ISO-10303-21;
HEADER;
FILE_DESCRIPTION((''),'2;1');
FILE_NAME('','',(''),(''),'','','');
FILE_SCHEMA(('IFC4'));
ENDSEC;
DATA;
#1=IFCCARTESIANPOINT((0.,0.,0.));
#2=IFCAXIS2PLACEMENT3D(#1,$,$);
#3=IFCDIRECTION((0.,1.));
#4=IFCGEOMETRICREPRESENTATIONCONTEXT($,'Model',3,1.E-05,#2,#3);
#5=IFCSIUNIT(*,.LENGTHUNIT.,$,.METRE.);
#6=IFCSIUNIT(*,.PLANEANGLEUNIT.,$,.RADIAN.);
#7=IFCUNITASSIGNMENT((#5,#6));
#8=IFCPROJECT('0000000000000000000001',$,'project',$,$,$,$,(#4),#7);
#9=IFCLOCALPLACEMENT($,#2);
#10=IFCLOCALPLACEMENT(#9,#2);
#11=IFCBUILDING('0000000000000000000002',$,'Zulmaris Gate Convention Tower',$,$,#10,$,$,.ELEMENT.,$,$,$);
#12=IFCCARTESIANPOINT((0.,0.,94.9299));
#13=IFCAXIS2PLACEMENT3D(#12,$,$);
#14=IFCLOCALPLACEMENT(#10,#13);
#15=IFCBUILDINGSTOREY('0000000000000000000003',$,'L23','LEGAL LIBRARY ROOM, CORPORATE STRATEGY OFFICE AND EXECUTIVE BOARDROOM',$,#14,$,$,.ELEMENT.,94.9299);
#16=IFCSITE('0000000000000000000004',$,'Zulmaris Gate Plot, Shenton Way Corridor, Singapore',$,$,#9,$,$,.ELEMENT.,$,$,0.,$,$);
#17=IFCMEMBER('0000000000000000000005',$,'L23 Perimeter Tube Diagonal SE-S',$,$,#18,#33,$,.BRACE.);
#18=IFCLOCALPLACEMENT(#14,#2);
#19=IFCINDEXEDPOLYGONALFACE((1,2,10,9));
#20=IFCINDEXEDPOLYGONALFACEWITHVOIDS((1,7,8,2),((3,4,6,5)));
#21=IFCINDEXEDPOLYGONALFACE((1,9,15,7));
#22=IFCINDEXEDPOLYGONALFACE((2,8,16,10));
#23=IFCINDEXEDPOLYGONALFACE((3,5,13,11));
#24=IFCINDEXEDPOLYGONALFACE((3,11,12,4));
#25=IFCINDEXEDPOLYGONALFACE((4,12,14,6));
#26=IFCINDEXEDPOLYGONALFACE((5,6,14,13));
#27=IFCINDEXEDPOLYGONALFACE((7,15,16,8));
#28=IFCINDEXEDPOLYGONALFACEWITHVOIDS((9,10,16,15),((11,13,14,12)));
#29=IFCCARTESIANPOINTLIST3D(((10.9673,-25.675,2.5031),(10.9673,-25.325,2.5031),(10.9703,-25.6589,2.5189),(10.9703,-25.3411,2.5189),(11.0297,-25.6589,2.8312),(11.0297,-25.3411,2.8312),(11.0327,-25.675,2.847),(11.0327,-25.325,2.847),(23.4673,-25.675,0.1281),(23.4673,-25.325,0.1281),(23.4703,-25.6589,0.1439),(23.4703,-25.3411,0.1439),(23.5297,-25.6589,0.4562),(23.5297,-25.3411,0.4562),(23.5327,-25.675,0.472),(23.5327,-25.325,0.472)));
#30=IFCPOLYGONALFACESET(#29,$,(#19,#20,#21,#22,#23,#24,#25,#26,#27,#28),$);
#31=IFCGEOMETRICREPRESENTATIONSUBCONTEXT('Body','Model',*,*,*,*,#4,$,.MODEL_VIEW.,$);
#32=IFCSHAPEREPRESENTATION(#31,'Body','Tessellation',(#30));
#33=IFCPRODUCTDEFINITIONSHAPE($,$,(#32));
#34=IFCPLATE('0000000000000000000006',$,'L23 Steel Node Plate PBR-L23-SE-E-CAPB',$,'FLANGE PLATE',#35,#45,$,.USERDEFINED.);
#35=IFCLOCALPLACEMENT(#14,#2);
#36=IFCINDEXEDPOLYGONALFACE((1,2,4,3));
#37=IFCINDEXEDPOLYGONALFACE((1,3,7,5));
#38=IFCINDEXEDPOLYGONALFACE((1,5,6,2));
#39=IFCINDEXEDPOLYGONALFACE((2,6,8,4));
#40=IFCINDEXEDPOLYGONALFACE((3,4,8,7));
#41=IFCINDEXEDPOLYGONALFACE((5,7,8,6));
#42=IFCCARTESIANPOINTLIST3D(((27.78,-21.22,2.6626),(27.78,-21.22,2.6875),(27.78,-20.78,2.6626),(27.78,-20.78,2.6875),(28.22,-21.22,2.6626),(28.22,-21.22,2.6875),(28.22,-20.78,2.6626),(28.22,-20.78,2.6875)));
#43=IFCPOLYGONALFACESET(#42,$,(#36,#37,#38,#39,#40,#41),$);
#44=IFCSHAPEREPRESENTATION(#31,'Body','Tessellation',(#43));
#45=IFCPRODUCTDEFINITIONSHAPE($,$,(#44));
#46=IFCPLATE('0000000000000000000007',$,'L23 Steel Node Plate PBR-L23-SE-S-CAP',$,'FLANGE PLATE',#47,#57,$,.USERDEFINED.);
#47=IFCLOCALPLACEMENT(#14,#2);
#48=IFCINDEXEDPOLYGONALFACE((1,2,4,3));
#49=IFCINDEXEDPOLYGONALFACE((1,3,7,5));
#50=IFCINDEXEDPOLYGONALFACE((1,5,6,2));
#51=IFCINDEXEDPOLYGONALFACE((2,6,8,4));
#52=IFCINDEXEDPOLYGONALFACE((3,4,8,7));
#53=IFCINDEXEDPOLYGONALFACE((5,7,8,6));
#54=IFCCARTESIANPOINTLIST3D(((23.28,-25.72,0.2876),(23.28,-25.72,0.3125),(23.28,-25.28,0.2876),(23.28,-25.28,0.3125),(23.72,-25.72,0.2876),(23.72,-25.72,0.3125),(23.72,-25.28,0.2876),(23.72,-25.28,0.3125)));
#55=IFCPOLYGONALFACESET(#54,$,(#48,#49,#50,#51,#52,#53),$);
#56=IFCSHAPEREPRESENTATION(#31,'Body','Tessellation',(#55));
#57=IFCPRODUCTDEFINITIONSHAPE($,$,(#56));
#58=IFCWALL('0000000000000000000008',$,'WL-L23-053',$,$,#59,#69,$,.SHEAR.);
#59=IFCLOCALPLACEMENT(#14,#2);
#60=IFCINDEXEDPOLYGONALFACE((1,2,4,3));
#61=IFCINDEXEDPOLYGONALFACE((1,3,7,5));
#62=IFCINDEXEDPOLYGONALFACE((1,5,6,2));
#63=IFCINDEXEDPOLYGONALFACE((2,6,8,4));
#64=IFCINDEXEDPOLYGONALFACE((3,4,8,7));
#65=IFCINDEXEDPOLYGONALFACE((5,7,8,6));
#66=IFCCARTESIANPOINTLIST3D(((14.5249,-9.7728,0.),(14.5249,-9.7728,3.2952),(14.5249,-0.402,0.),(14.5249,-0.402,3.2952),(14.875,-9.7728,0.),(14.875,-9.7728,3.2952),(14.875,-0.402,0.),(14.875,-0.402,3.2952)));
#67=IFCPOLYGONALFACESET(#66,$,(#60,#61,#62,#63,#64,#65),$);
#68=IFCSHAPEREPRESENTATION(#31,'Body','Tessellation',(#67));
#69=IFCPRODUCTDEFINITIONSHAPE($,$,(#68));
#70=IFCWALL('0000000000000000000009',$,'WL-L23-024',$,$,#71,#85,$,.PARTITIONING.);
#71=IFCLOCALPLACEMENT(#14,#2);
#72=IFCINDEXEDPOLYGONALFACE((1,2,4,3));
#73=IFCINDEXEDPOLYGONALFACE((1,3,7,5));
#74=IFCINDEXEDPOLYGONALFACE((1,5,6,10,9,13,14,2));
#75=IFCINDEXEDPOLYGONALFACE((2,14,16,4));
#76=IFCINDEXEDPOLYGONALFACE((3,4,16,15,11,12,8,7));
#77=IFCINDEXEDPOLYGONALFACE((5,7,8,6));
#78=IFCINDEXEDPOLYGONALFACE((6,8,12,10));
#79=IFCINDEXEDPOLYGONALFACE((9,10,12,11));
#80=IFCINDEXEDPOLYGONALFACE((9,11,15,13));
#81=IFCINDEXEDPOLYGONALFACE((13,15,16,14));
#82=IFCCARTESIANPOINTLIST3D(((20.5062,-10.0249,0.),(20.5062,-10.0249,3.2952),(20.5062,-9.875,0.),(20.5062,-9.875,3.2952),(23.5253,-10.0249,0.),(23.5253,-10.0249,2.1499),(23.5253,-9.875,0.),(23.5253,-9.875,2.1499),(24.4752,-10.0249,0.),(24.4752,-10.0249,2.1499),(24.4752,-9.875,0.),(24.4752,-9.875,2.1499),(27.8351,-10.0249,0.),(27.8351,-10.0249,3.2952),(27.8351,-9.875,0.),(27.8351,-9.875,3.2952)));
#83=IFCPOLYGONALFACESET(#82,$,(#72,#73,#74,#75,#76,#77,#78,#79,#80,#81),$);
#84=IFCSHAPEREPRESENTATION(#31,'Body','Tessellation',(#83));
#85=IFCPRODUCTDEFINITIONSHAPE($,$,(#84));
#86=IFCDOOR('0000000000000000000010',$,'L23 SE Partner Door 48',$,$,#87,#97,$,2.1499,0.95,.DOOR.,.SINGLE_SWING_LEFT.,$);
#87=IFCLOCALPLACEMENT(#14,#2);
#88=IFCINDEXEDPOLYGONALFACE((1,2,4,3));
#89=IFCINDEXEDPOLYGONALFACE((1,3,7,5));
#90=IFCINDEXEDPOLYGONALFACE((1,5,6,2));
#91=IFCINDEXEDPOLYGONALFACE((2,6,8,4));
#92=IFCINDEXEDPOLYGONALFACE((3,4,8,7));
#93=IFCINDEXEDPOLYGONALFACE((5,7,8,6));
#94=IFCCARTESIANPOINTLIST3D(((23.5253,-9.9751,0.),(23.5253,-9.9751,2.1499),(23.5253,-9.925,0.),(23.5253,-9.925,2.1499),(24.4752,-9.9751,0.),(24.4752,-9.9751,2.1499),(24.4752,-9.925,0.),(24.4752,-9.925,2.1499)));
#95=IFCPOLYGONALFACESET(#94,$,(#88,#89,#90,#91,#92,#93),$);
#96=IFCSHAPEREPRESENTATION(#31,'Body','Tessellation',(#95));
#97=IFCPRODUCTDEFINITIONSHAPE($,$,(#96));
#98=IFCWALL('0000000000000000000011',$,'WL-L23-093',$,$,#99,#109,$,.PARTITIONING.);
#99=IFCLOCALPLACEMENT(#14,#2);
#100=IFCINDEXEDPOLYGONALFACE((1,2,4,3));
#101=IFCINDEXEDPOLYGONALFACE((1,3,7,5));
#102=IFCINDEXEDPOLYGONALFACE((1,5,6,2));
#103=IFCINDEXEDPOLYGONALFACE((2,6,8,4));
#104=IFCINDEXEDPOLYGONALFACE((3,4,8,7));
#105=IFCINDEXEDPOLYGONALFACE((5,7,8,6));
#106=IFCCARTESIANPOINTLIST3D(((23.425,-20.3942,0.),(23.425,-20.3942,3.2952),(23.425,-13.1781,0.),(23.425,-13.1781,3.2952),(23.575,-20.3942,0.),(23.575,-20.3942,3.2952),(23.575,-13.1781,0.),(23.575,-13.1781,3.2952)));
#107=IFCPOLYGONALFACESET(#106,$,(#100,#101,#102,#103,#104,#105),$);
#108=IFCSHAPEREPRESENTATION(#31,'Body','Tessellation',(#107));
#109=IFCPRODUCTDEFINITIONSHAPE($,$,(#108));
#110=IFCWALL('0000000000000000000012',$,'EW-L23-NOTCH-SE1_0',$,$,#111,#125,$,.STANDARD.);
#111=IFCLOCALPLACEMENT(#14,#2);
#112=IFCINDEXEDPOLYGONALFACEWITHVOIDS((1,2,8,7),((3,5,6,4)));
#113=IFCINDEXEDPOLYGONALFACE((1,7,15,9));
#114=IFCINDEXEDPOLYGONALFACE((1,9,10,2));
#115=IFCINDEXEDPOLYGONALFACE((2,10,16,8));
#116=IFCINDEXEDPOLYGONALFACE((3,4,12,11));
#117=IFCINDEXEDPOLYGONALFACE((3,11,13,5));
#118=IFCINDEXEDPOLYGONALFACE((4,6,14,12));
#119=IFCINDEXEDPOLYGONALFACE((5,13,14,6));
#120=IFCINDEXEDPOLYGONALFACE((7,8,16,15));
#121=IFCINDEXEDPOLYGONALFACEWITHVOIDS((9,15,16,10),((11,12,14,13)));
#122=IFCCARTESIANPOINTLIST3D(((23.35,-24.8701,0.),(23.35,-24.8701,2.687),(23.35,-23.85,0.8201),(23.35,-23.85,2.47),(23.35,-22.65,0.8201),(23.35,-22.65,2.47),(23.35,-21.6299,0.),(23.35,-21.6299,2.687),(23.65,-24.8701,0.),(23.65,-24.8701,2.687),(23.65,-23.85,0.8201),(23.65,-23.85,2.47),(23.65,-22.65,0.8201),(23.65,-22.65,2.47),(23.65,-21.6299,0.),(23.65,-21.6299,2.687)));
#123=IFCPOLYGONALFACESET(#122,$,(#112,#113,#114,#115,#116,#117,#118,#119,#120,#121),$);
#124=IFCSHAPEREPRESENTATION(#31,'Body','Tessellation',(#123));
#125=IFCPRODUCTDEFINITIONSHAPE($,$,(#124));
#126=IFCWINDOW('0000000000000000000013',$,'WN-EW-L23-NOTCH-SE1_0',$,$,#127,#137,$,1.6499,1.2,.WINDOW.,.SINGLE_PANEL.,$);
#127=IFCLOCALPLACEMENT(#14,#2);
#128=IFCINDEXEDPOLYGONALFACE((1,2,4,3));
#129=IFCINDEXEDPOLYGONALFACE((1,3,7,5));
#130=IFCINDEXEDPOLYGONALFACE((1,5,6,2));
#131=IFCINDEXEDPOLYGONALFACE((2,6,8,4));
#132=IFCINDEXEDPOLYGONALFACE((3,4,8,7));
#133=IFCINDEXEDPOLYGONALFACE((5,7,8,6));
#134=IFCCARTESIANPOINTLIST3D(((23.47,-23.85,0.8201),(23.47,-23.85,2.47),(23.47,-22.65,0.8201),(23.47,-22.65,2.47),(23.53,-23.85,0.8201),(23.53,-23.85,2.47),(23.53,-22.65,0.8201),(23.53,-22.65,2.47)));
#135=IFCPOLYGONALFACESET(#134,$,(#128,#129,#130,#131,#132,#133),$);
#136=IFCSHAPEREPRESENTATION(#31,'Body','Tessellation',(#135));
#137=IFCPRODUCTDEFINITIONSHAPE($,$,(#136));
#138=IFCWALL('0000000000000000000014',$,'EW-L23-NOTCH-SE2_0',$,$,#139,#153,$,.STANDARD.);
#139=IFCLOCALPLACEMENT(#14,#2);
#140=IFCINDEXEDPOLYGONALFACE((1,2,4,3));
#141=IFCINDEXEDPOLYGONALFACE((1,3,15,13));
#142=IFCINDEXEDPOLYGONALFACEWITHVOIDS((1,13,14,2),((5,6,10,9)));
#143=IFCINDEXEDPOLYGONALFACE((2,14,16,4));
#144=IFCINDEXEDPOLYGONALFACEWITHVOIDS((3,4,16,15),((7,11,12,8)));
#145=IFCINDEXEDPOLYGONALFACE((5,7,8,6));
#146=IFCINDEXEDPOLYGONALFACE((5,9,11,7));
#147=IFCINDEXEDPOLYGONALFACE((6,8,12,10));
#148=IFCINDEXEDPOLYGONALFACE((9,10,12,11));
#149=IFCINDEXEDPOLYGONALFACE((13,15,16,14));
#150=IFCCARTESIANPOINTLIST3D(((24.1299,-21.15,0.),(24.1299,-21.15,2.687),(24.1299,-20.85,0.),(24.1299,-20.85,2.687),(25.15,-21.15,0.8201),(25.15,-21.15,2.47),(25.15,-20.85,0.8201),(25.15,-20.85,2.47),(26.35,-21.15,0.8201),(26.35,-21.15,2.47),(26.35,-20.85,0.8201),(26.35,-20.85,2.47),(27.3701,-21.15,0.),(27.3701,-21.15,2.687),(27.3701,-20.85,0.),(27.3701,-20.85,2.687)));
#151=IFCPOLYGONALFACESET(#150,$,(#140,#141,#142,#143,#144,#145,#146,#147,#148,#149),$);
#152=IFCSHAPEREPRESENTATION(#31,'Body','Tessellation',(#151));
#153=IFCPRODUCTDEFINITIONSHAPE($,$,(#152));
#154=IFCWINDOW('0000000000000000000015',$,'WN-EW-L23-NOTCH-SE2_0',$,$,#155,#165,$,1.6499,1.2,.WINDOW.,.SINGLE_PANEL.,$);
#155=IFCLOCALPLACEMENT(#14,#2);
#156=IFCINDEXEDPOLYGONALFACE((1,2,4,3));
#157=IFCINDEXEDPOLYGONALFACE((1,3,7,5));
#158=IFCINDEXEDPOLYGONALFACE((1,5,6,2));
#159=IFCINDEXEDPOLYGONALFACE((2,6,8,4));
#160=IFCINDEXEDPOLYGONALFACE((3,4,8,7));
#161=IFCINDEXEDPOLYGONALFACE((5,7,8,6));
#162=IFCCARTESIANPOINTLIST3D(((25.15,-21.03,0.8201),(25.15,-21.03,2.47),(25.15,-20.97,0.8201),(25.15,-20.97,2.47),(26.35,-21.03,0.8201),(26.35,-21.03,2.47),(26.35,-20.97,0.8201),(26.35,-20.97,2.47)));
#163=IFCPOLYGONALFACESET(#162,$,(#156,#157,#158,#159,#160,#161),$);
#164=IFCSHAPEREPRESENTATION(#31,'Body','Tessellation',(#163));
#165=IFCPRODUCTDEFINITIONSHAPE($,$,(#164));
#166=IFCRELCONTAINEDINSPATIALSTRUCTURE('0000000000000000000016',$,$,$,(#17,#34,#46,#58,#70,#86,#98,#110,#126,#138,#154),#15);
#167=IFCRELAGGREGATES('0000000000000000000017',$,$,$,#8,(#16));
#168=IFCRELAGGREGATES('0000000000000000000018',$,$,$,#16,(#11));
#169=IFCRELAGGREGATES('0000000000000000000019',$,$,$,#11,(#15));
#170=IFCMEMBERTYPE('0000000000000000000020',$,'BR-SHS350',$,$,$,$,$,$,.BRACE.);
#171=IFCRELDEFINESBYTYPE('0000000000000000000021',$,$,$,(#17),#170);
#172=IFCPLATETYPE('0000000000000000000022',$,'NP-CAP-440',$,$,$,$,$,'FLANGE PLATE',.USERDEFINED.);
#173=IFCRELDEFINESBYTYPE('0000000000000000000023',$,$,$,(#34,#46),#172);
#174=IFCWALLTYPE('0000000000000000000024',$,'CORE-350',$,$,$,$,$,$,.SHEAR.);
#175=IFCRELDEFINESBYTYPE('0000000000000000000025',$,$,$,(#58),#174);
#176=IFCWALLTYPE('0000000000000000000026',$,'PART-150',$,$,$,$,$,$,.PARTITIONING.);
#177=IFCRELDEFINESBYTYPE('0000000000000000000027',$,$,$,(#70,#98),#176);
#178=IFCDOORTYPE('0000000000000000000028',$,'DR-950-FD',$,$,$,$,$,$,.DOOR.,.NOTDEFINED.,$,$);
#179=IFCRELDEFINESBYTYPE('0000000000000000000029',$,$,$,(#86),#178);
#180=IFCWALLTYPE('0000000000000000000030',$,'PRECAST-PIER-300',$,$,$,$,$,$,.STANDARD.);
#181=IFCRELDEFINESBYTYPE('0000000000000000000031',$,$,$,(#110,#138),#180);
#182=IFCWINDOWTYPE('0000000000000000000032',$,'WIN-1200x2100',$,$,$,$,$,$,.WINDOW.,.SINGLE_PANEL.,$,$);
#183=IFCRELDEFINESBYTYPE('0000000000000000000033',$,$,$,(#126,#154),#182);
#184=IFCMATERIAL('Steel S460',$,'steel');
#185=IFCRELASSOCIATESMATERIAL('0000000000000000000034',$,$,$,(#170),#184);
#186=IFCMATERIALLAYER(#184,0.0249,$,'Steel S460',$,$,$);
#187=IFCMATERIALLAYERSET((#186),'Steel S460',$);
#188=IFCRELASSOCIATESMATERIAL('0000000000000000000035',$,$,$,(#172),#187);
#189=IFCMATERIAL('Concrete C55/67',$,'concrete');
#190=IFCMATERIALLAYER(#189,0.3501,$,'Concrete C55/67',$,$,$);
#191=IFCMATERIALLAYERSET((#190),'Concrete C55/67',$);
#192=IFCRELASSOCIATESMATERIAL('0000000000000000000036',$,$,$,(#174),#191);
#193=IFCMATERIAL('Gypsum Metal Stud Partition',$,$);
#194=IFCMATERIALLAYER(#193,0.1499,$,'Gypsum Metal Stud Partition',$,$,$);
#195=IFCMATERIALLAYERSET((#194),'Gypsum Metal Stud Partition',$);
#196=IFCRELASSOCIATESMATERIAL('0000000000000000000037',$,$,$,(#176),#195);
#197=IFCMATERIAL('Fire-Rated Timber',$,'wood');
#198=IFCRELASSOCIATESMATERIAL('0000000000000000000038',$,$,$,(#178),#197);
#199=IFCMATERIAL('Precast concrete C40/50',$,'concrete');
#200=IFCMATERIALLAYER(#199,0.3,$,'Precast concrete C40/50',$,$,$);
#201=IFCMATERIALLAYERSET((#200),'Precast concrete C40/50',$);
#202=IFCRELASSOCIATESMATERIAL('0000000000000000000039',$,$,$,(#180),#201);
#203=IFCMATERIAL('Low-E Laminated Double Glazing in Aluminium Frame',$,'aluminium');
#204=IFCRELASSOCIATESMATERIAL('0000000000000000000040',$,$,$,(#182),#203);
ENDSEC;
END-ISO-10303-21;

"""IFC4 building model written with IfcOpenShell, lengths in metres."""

from ifc_helpers import new_model, si_unit, direction, frame, frame_2d, origin, origin_2d, place, context, subcontext, project, spatial, rectangle, hollow_rectangle, extrude, material, layer, layer_set, material_profile, profile_set, type_object, element, fill, save


model = new_model("IFC4")

# Units and contexts
model_context = context("Model", 3, precision=1e-05, world=origin(), true_north=direction((0.0, 1.0)))
body_context = subcontext(model_context, "Body", "Model", "MODEL_VIEW")
ifc_project = project(units=[si_unit("LENGTHUNIT", "METRE"), si_unit("PLANEANGLEUNIT", "RADIAN")], contexts=[model_context])

# Site, building, storey
site_placement = place(None, origin())
site = spatial("IfcSite", under=ifc_project, at=site_placement, Name="Zulmaris Gate Plot, Shenton Way Corridor, Singapore", CompositionType="ELEMENT", RefElevation=0.0)
building_placement = place(site_placement, origin())
building = spatial("IfcBuilding", under=site, at=building_placement, Name="Zulmaris Gate Convention Tower", CompositionType="ELEMENT")
storey_placement = place(building_placement, frame((0.0, 0.0, 94.9299)))
storey = spatial("IfcBuildingStorey", under=building, at=storey_placement, Name="L23", Description="LEGAL LIBRARY ROOM, CORPORATE STRATEGY OFFICE AND EXECUTIVE BOARDROOM", CompositionType="ELEMENT", Elevation=94.9299)

# Member
ifc_material_1 = material(Name="Steel S460", Category="steel")
ifc_material_profile_1 = material_profile(ifc_material_1, hollow_rectangle(XDim=0.3501, YDim=0.3501, WallThickness=0.0161, at=origin_2d()), Name="SHS 350x350x16")
ifc_profile_set_1 = profile_set([ifc_material_profile_1], Name="Steel S460")
member_type = type_object("IfcMemberType", Name="BR-SHS350", PredefinedType="BRACE", material=ifc_profile_set_1)
member_placement = place(storey_placement, frame((23.5, -25.5, 0.3), z_axis=(-0.982424, 0.0, 0.186661), x_axis=(0.0, -1.0, 0.0)))
element("IfcMember", 1, at=member_placement, inside=storey, type_object=member_type, Name="L23 Perimeter Tube Diagonal SE-S", PredefinedType="BRACE", context=body_context, shape_type="SweptSolid", body=[
    extrude(hollow_rectangle(XDim=0.3501, YDim=0.3501, WallThickness=0.0161, at=origin_2d()), origin(), (0.0, 0.0, 1.0), 12.7236),
])

# Plates
ifc_layer_1 = layer(ifc_material_1, 0.0249, Name="Steel S460")
ifc_layer_set_1 = layer_set([ifc_layer_1], Name="Steel S460")
plate_type = type_object("IfcPlateType", Name="NP-CAP-440", ElementType="FLANGE PLATE", PredefinedType="USERDEFINED", material=ifc_layer_set_1)
for number, where, z_axis, x_axis, name in (
    (2, (28.0, -21.0, 2.6626), (0.0, 0.0, 1.0), (1.0, 0.0, 0.0), "L23 Steel Node Plate PBR-L23-SE-E-CAPB"),
    (3, (23.5, -25.5, 0.2876), (0.0, 0.0, 1.0), (1.0, 0.0, 0.0), "L23 Steel Node Plate PBR-L23-SE-S-CAP"),
):
    element("IfcPlate", number, at=place(storey_placement, frame(where, z_axis=z_axis, x_axis=x_axis)), inside=storey, type_object=plate_type, Name=name, ObjectType="FLANGE PLATE", PredefinedType="USERDEFINED", context=body_context, shape_type="SweptSolid", body=[
        extrude(rectangle(XDim=0.4399, YDim=0.4399, at=origin_2d()), origin(), (0.0, 0.0, 1.0), 0.0249),
    ])

# Shared definitions
ifc_material_2 = material(Name="Concrete C55/67", Category="concrete")
ifc_layer_2 = layer(ifc_material_2, 0.3501, Name="Concrete C55/67")
ifc_layer_set_2 = layer_set([ifc_layer_2], Name="Concrete C55/67")
wall_type_1 = type_object("IfcWallType", Name="CORE-350", PredefinedType="SHEAR", material=ifc_layer_set_2)

# Wall
wall_1_placement = place(storey_placement, frame((14.7, -9.7729, 0.0), z_axis=(0.0, 0.0, 1.0), x_axis=(0.0, 1.0, 0.0)))
element("IfcWall", 4, at=wall_1_placement, inside=storey, type_object=wall_type_1, Name="WL-L23-053", PredefinedType="SHEAR", context=body_context, shape_type="SweptSolid", body=[
    extrude(rectangle(XDim=9.3708, YDim=0.3501, at=frame_2d((4.6855, 0.0))), origin(), (0.0, 0.0, 1.0), 3.2952),
])

# Wall, opening, door
ifc_material_3 = material(Name="Gypsum Metal Stud Partition")
ifc_layer_3 = layer(ifc_material_3, 0.1499, Name="Gypsum Metal Stud Partition")
ifc_layer_set_3 = layer_set([ifc_layer_3], Name="Gypsum Metal Stud Partition")
wall_type_2 = type_object("IfcWallType", Name="PART-150", PredefinedType="PARTITIONING", material=ifc_layer_set_3)
wall_2_placement = place(storey_placement, frame((20.5061, -9.95, 0.0), z_axis=(0.0, 0.0, 1.0), x_axis=(1.0, 0.0, 0.0)))
wall_2 = element("IfcWall", 5, at=wall_2_placement, inside=storey, type_object=wall_type_2, Name="WL-L23-024", PredefinedType="PARTITIONING", context=body_context, shape_type="SweptSolid", body=[
    extrude(rectangle(XDim=7.3289, YDim=0.1499, at=frame_2d((3.6646, 0.0))), origin(), (0.0, 0.0, 1.0), 3.2952),
])
opening_1_placement = place(wall_2_placement, frame((3.019, 0.0, 0.0)))
opening_1 = element("IfcOpeningElement", 6, at=opening_1_placement, cuts=wall_2, PredefinedType="OPENING", context=body_context, shape_type="SweptSolid", body=[
    extrude(rectangle(XDim=0.95, YDim=2.1499, at=frame_2d((0.4751, 1.075))), frame((0.0, 0.085, 0.0), z_axis=(0.0, -1.0, 0.0), x_axis=(1.0, 0.0, 0.0)), (0.0, 0.0, 1.0), 0.1699),
])
ifc_material_4 = material(Name="Fire-Rated Timber", Category="wood")
door_type_1 = type_object("IfcDoorType", Name="DR-950-FD", OperationType="NOTDEFINED", PredefinedType="DOOR", material=ifc_material_4)
door_1_placement = place(opening_1_placement, origin())
door_1 = element("IfcDoor", 7, at=door_1_placement, inside=storey, type_object=door_type_1, Name="L23 SE Partner Door 48", OperationType="SINGLE_SWING_LEFT", OverallHeight=2.1499, OverallWidth=0.95, PredefinedType="DOOR", context=body_context, shape_type="SweptSolid", body=[
    extrude(rectangle(XDim=0.95, YDim=2.1499, at=frame_2d((0.4751, 1.075))), frame((0.0, 0.0249, 0.0), z_axis=(0.0, -1.0, 0.0), x_axis=(1.0, 0.0, 0.0)), (0.0, 0.0, 1.0), 0.05),
])
fill(opening_1, door_1)

# Wall
wall_3_placement = place(storey_placement, frame((23.5, -20.394, 0.0), z_axis=(0.0, 0.0, 1.0), x_axis=(0.0, 1.0, 0.0)))
element("IfcWall", 8, at=wall_3_placement, inside=storey, type_object=wall_type_2, Name="WL-L23-093", PredefinedType="PARTITIONING", context=body_context, shape_type="SweptSolid", body=[
    extrude(rectangle(XDim=7.2161, YDim=0.1499, at=frame_2d((3.6079, 0.0))), origin(), (0.0, 0.0, 1.0), 3.2952),
])

# Walls, openings, windows
ifc_material_5 = material(Name="Precast concrete C40/50", Category="concrete")
ifc_layer_4 = layer(ifc_material_5, 0.3, Name="Precast concrete C40/50")
ifc_layer_set_4 = layer_set([ifc_layer_4], Name="Precast concrete C40/50")
wall_type_3 = type_object("IfcWallType", Name="PRECAST-PIER-300", PredefinedType="STANDARD", material=ifc_layer_set_4)
wall_4_placement = place(storey_placement, frame((23.5, -24.8701, 0.0), z_axis=(0.0, 0.0, 1.0), x_axis=(0.0, 1.0, 0.0)))
wall_4 = element("IfcWall", 9, at=wall_4_placement, inside=storey, type_object=wall_type_3, Name="EW-L23-NOTCH-SE1_0", PredefinedType="STANDARD", context=body_context, shape_type="SweptSolid", body=[
    extrude(rectangle(XDim=3.2402, YDim=0.3, at=frame_2d((1.6201, 0.0))), origin(), (0.0, 0.0, 1.0), 2.687),
])
opening_2_placement = place(wall_4_placement, frame((1.02, 0.0, 0.8201)))
opening_2 = element("IfcOpeningElement", 10, at=opening_2_placement, cuts=wall_4, PredefinedType="OPENING", context=body_context, shape_type="SweptSolid", body=[
    extrude(rectangle(XDim=1.2, YDim=1.6499, at=frame_2d((0.6001, 0.825))), frame((0.0, 0.1602, 0.0), z_axis=(0.0, -1.0, 0.0), x_axis=(1.0, 0.0, 0.0)), (0.0, 0.0, 1.0), 0.3201),
])
ifc_material_6 = material(Name="Low-E Laminated Double Glazing in Aluminium Frame", Category="aluminium")
window_type = type_object("IfcWindowType", Name="WIN-1200x2100", PartitioningType="SINGLE_PANEL", PredefinedType="WINDOW", material=ifc_material_6)
window_1_placement = place(opening_2_placement, origin())
window_1 = element("IfcWindow", 11, at=window_1_placement, inside=storey, type_object=window_type, Name="WN-EW-L23-NOTCH-SE1_0", OverallHeight=1.6499, OverallWidth=1.2, PartitioningType="SINGLE_PANEL", PredefinedType="WINDOW", context=body_context, shape_type="SweptSolid", body=[
    extrude(rectangle(XDim=1.2, YDim=1.6499, at=frame_2d((0.6001, 0.825))), frame((0.0, 0.03, 0.0), z_axis=(0.0, -1.0, 0.0), x_axis=(1.0, 0.0, 0.0)), (0.0, 0.0, 1.0), 0.0601),
])
fill(opening_2, window_1)
wall_5_placement = place(storey_placement, frame((24.1299, -21.0, 0.0), z_axis=(0.0, 0.0, 1.0), x_axis=(1.0, 0.0, 0.0)))
wall_5 = element("IfcWall", 12, at=wall_5_placement, inside=storey, type_object=wall_type_3, Name="EW-L23-NOTCH-SE2_0", PredefinedType="STANDARD", context=body_context, shape_type="SweptSolid", body=[
    extrude(rectangle(XDim=3.2402, YDim=0.3, at=frame_2d((1.6201, 0.0))), origin(), (0.0, 0.0, 1.0), 2.687),
])
opening_3_placement = place(wall_5_placement, frame((1.02, 0.0, 0.8201)))
opening_3 = element("IfcOpeningElement", 13, at=opening_3_placement, cuts=wall_5, PredefinedType="OPENING", context=body_context, shape_type="SweptSolid", body=[
    extrude(rectangle(XDim=1.2, YDim=1.6499, at=frame_2d((0.6001, 0.825))), frame((0.0, 0.1602, 0.0), z_axis=(0.0, -1.0, 0.0), x_axis=(1.0, 0.0, 0.0)), (0.0, 0.0, 1.0), 0.3201),
])
window_2_placement = place(opening_3_placement, origin())
window_2 = element("IfcWindow", 14, at=window_2_placement, inside=storey, type_object=window_type, Name="WN-EW-L23-NOTCH-SE2_0", OverallHeight=1.6499, OverallWidth=1.2, PartitioningType="SINGLE_PANEL", PredefinedType="WINDOW", context=body_context, shape_type="SweptSolid", body=[
    extrude(rectangle(XDim=1.2, YDim=1.6499, at=frame_2d((0.6001, 0.825))), frame((0.0, 0.03, 0.0), z_axis=(0.0, -1.0, 0.0), x_axis=(1.0, 0.0, 0.0)), (0.0, 0.0, 1.0), 0.0601),
])
fill(opening_3, window_2)

save(model, "model.ifc")
